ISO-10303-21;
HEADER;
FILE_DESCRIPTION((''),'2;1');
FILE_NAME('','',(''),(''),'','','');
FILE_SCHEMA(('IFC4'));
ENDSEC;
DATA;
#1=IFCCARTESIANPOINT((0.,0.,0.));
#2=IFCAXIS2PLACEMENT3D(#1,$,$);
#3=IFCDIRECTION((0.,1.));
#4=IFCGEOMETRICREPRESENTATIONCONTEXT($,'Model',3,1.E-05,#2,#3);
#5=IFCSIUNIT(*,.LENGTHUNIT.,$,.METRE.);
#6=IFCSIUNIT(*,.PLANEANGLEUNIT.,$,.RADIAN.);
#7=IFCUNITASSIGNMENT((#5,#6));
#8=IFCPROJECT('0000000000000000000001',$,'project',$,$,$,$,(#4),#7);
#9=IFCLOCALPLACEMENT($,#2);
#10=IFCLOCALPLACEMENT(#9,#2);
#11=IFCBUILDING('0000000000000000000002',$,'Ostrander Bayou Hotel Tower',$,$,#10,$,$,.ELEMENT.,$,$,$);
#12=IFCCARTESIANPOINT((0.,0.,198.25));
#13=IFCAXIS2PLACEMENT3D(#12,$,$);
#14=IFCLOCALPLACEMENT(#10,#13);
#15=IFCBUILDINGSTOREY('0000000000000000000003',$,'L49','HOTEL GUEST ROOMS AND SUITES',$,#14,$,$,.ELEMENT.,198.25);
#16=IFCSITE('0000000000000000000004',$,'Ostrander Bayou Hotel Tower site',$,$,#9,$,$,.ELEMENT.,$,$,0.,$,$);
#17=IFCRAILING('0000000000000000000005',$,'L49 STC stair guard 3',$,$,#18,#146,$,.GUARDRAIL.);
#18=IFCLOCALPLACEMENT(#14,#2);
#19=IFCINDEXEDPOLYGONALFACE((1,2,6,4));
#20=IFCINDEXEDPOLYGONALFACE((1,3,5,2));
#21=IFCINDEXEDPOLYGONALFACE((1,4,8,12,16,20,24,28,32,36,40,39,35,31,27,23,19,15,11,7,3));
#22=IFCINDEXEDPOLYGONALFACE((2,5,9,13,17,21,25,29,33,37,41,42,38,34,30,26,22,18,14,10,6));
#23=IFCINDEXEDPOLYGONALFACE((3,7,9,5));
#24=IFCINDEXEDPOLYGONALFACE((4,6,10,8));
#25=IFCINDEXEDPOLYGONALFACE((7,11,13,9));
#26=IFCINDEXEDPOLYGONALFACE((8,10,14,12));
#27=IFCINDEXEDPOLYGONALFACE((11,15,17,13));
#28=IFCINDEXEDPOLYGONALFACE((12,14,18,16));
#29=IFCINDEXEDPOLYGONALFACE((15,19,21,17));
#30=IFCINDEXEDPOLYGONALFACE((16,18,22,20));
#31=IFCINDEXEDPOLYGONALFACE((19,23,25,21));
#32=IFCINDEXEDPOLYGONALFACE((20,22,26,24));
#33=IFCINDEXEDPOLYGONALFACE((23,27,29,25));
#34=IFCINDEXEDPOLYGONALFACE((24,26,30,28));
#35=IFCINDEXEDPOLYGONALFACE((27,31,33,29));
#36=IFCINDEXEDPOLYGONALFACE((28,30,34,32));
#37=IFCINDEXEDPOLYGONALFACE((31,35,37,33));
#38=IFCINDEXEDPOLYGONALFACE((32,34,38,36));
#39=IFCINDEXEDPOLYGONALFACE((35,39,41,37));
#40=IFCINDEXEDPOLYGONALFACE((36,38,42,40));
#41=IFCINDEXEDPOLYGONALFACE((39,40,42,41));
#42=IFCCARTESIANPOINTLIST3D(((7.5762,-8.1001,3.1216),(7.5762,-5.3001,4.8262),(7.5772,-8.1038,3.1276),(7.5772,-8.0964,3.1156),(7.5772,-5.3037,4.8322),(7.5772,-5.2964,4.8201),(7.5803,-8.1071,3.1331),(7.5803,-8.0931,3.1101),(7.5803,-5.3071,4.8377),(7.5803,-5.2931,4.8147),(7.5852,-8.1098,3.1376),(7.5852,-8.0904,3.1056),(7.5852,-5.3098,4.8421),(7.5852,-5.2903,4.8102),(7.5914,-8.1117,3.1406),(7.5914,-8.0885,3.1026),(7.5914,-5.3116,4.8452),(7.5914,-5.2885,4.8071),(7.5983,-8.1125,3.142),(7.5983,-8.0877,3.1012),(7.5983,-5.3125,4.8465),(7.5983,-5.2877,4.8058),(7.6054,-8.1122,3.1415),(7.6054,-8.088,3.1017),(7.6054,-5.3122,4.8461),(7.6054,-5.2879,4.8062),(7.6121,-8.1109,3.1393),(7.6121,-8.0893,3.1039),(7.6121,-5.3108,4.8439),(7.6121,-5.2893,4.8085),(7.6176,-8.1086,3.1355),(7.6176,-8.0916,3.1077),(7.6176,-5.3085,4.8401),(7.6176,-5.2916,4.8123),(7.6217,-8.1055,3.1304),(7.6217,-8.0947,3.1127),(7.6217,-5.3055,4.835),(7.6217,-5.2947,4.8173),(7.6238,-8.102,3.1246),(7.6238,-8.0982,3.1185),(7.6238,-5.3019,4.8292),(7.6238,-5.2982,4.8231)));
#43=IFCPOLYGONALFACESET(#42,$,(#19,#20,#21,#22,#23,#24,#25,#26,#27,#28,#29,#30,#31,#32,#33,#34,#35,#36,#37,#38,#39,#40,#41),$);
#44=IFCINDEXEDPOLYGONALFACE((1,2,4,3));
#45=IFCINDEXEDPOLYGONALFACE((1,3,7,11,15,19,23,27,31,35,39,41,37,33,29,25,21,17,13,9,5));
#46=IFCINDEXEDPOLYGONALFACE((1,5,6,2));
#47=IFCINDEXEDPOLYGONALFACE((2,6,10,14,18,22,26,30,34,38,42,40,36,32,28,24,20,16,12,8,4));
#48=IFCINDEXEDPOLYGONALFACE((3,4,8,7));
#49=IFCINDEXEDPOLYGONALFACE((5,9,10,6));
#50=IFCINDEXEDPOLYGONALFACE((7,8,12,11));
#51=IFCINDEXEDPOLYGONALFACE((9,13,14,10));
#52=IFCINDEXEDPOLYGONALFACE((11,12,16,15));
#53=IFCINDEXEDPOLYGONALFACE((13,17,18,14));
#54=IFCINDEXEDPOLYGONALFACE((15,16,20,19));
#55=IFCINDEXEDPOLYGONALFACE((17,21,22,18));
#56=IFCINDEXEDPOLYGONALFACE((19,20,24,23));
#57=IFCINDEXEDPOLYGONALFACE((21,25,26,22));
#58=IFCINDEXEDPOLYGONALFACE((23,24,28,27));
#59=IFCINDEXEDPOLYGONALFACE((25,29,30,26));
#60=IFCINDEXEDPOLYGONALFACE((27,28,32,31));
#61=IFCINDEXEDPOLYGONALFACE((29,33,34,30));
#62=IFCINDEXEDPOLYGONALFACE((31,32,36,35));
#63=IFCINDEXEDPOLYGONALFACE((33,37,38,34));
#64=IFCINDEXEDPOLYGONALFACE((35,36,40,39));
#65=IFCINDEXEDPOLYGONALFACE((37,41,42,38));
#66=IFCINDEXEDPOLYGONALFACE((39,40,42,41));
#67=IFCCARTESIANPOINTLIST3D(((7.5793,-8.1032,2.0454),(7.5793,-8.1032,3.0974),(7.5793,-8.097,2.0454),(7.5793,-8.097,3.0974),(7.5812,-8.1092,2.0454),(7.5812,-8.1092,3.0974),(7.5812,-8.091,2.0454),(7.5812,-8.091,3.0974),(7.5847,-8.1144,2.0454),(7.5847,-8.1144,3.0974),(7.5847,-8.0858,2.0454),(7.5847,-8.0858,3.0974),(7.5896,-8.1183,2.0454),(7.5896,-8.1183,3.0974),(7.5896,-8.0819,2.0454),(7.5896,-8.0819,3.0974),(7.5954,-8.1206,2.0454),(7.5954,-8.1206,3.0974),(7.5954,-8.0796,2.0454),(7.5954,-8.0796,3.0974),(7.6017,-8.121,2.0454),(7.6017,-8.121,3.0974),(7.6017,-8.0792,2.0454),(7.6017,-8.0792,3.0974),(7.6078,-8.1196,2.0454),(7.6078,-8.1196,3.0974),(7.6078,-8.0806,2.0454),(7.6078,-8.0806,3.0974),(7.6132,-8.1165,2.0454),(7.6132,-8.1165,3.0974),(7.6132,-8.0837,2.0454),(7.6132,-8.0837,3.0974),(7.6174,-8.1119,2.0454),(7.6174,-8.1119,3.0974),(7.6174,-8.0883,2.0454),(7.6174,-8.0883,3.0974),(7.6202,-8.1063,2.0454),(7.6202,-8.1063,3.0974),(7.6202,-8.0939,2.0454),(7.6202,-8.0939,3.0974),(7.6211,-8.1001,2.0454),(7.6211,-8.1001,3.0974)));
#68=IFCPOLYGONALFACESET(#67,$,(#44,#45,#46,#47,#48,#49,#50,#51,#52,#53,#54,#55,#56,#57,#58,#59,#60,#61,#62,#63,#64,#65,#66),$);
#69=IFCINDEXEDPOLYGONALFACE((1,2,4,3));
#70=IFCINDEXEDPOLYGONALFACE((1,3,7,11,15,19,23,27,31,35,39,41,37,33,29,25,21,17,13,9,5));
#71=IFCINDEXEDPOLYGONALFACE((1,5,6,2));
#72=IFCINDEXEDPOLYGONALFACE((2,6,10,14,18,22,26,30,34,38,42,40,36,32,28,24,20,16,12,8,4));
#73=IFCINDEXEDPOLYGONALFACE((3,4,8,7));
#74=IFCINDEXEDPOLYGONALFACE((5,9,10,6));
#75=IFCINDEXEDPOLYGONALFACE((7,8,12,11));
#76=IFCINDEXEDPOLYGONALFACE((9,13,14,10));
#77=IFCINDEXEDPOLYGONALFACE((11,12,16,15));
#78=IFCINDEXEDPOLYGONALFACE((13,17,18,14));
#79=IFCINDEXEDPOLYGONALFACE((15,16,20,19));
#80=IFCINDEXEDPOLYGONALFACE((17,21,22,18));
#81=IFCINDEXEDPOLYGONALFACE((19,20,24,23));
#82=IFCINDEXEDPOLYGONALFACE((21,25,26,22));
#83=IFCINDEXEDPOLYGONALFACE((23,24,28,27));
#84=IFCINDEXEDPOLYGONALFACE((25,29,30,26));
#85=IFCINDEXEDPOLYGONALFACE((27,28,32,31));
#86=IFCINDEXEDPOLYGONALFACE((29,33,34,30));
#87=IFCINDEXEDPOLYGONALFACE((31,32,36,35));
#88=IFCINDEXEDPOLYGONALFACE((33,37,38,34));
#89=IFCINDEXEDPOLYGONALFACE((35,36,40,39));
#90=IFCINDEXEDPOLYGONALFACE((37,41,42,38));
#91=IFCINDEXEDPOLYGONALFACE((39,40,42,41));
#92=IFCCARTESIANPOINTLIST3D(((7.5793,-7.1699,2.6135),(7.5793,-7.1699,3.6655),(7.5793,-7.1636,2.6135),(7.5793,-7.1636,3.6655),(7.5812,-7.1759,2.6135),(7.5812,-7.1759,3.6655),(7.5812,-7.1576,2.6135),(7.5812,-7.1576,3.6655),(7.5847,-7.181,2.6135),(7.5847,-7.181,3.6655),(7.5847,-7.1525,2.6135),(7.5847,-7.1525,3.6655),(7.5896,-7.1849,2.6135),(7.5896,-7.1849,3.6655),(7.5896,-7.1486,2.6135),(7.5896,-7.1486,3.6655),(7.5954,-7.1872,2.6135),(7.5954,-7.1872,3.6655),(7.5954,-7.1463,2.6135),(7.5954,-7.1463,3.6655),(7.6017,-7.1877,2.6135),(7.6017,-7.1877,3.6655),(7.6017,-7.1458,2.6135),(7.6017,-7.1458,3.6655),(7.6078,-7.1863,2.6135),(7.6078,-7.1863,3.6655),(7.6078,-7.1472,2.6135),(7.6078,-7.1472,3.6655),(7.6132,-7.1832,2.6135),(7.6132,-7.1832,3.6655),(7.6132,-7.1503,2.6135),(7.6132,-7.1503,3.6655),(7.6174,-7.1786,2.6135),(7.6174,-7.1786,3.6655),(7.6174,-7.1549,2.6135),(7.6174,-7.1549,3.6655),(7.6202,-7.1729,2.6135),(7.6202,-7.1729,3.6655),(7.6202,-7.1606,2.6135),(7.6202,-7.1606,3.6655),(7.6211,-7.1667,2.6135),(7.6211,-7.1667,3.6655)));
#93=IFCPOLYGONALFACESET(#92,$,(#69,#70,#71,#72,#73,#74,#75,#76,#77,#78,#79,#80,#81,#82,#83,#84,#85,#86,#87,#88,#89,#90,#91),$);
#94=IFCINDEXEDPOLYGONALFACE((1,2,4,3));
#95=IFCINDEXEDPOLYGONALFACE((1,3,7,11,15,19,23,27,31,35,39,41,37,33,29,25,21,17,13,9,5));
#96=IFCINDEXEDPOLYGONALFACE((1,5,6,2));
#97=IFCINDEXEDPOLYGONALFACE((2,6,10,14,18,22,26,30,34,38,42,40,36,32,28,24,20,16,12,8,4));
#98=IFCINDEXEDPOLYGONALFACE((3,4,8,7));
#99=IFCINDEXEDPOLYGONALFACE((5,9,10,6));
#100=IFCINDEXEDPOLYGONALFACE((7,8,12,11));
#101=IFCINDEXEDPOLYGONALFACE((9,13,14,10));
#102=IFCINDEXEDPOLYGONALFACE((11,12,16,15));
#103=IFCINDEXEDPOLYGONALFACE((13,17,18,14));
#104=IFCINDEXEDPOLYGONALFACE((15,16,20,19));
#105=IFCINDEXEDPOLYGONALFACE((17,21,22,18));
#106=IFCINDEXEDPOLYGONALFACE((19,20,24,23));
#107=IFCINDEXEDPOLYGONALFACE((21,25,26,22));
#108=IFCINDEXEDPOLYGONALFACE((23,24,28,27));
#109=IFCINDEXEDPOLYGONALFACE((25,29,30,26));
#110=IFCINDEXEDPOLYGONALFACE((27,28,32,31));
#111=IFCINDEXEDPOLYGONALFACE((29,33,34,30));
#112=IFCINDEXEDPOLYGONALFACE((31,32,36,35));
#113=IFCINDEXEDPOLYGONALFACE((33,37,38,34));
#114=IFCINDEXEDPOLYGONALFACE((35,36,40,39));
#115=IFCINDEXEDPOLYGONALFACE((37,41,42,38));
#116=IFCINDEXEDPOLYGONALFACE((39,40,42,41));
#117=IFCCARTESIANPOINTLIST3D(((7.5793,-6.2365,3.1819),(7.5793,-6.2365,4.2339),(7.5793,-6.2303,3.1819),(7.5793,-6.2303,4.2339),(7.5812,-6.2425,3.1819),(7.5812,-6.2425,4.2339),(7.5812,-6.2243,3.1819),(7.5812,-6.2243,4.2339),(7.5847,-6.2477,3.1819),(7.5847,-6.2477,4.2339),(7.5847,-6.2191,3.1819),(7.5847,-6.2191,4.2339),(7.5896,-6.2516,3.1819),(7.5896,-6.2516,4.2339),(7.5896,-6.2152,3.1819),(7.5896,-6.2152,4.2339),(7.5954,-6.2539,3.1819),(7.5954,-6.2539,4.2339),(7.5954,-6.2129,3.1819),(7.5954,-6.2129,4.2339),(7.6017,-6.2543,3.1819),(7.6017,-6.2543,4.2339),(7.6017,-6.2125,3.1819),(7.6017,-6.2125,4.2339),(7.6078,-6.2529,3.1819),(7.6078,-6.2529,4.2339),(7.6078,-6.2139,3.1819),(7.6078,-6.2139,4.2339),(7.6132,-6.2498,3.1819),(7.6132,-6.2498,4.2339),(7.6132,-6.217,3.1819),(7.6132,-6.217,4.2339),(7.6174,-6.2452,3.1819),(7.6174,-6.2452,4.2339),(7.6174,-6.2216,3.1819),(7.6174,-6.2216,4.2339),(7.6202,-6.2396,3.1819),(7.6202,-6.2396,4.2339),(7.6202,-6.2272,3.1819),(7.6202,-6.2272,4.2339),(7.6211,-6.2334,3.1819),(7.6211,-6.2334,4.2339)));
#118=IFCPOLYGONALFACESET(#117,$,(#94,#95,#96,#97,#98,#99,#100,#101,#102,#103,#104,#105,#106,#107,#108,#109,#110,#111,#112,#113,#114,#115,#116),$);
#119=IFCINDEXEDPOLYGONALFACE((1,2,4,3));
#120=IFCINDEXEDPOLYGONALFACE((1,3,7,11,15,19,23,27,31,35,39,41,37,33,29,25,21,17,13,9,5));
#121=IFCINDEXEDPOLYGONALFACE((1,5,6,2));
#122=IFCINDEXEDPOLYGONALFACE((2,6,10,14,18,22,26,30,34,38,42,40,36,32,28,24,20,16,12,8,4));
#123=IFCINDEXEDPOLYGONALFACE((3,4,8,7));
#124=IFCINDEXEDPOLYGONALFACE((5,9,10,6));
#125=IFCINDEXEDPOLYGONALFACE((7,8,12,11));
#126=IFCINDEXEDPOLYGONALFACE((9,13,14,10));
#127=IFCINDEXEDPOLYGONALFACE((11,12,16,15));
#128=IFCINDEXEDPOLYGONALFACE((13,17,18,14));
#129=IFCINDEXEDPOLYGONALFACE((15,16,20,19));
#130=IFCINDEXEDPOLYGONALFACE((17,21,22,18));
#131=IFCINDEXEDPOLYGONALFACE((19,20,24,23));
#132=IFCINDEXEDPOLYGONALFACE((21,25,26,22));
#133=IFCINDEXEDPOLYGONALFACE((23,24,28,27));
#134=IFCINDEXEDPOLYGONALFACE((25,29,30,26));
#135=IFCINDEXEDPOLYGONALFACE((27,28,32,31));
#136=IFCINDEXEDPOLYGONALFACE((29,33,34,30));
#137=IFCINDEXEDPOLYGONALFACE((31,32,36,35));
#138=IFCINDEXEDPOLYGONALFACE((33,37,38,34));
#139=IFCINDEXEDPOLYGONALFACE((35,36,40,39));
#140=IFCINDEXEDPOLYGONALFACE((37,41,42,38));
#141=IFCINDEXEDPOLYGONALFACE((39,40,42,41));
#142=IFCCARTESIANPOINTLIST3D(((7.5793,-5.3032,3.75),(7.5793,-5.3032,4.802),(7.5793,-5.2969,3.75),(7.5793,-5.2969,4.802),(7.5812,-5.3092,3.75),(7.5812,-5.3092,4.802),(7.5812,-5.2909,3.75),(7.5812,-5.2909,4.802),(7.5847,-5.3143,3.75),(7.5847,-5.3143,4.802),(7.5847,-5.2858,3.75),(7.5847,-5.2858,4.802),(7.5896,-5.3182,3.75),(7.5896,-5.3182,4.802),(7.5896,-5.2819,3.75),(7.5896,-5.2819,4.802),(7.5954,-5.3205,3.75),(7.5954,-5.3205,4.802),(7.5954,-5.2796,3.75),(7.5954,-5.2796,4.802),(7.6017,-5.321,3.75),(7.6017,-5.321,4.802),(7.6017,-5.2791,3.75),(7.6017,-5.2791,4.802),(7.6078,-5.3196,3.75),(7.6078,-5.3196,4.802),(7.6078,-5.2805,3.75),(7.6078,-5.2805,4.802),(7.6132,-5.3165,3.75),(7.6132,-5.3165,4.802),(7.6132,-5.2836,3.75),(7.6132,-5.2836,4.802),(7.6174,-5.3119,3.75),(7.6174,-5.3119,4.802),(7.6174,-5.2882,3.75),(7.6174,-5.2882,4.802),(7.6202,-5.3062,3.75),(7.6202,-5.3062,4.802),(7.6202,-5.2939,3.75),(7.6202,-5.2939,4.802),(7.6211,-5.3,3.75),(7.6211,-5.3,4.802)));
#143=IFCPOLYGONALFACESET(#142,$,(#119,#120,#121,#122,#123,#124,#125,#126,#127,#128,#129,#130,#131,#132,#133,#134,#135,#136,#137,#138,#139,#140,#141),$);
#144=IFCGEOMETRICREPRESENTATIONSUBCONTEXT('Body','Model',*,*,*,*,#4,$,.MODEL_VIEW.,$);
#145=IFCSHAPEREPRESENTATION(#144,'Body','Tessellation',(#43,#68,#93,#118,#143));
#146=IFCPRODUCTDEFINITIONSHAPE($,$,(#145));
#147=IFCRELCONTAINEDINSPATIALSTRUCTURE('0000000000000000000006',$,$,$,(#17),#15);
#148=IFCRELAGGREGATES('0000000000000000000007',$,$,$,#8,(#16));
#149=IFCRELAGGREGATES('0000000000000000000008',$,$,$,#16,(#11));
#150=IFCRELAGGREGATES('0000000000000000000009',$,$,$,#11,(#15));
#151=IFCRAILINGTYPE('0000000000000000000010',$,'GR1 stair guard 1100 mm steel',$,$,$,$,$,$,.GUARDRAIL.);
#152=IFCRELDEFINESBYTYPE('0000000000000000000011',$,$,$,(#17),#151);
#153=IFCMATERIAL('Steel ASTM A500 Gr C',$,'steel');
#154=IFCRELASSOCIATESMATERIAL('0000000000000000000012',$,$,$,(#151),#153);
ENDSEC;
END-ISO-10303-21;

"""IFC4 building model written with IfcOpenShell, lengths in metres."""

from ifc_helpers import new_model, si_unit, direction, frame, origin, origin_2d, place, context, subcontext, project, spatial, circle, extrude, material, type_object, element, save


model = new_model("IFC4")

# Units and contexts
model_context = context("Model", 3, precision=1e-05, world=origin(), true_north=direction((0.0, 1.0)))
body_context = subcontext(model_context, "Body", "Model", "MODEL_VIEW")
ifc_project = project(units=[si_unit("LENGTHUNIT", "METRE"), si_unit("PLANEANGLEUNIT", "RADIAN")], contexts=[model_context])

# Site, building, storey
site_placement = place(None, origin())
site = spatial("IfcSite", under=ifc_project, at=site_placement, Name="Ostrander Bayou Hotel Tower site", CompositionType="ELEMENT", RefElevation=0.0)
building_placement = place(site_placement, origin())
building = spatial("IfcBuilding", under=site, at=building_placement, Name="Ostrander Bayou Hotel Tower", CompositionType="ELEMENT")
storey_placement = place(building_placement, frame((0.0, 0.0, 198.25)))
storey = spatial("IfcBuildingStorey", under=building, at=storey_placement, Name="L49", Description="HOTEL GUEST ROOMS AND SUITES", CompositionType="ELEMENT", Elevation=198.25)

# Railing
ifc_material_1 = material(Name="Steel ASTM A500 Gr C", Category="steel")
railing_type_1 = type_object("IfcRailingType", Name="GR1 stair guard 1100 mm steel", PredefinedType="GUARDRAIL", material=ifc_material_1)
railing_1_placement = place(storey_placement, frame((7.6001, -8.1001, 2.0454)))
element("IfcRailing", 1, at=railing_1_placement, inside=storey, type_object=railing_type_1, Name="L49 STC stair guard 3", PredefinedType="GUARDRAIL", context=body_context, shape_type="SweptSolid", body=[
    extrude(circle(Radius=0.0239, at=origin_2d()), frame((0.0, 0.0, 1.0762), z_axis=(0.0, 0.85417, 0.519994), x_axis=(-1.0, 0.0, 0.0)), (0.0, 0.0, 1.0), 3.2781),
    extrude(circle(Radius=0.021, at=origin_2d()), origin(), (0.0, 0.0, 1.0), 1.052),
    extrude(circle(Radius=0.021, at=origin_2d()), frame((0.0, 0.9333, 0.5681)), (0.0, 0.0, 1.0), 1.052),
    extrude(circle(Radius=0.021, at=origin_2d()), frame((0.0, 1.8667, 1.1365)), (0.0, 0.0, 1.0), 1.052),
    extrude(circle(Radius=0.021, at=origin_2d()), frame((0.0, 2.8, 1.7046)), (0.0, 0.0, 1.0), 1.052),
])

save(model, "model.ifc")
